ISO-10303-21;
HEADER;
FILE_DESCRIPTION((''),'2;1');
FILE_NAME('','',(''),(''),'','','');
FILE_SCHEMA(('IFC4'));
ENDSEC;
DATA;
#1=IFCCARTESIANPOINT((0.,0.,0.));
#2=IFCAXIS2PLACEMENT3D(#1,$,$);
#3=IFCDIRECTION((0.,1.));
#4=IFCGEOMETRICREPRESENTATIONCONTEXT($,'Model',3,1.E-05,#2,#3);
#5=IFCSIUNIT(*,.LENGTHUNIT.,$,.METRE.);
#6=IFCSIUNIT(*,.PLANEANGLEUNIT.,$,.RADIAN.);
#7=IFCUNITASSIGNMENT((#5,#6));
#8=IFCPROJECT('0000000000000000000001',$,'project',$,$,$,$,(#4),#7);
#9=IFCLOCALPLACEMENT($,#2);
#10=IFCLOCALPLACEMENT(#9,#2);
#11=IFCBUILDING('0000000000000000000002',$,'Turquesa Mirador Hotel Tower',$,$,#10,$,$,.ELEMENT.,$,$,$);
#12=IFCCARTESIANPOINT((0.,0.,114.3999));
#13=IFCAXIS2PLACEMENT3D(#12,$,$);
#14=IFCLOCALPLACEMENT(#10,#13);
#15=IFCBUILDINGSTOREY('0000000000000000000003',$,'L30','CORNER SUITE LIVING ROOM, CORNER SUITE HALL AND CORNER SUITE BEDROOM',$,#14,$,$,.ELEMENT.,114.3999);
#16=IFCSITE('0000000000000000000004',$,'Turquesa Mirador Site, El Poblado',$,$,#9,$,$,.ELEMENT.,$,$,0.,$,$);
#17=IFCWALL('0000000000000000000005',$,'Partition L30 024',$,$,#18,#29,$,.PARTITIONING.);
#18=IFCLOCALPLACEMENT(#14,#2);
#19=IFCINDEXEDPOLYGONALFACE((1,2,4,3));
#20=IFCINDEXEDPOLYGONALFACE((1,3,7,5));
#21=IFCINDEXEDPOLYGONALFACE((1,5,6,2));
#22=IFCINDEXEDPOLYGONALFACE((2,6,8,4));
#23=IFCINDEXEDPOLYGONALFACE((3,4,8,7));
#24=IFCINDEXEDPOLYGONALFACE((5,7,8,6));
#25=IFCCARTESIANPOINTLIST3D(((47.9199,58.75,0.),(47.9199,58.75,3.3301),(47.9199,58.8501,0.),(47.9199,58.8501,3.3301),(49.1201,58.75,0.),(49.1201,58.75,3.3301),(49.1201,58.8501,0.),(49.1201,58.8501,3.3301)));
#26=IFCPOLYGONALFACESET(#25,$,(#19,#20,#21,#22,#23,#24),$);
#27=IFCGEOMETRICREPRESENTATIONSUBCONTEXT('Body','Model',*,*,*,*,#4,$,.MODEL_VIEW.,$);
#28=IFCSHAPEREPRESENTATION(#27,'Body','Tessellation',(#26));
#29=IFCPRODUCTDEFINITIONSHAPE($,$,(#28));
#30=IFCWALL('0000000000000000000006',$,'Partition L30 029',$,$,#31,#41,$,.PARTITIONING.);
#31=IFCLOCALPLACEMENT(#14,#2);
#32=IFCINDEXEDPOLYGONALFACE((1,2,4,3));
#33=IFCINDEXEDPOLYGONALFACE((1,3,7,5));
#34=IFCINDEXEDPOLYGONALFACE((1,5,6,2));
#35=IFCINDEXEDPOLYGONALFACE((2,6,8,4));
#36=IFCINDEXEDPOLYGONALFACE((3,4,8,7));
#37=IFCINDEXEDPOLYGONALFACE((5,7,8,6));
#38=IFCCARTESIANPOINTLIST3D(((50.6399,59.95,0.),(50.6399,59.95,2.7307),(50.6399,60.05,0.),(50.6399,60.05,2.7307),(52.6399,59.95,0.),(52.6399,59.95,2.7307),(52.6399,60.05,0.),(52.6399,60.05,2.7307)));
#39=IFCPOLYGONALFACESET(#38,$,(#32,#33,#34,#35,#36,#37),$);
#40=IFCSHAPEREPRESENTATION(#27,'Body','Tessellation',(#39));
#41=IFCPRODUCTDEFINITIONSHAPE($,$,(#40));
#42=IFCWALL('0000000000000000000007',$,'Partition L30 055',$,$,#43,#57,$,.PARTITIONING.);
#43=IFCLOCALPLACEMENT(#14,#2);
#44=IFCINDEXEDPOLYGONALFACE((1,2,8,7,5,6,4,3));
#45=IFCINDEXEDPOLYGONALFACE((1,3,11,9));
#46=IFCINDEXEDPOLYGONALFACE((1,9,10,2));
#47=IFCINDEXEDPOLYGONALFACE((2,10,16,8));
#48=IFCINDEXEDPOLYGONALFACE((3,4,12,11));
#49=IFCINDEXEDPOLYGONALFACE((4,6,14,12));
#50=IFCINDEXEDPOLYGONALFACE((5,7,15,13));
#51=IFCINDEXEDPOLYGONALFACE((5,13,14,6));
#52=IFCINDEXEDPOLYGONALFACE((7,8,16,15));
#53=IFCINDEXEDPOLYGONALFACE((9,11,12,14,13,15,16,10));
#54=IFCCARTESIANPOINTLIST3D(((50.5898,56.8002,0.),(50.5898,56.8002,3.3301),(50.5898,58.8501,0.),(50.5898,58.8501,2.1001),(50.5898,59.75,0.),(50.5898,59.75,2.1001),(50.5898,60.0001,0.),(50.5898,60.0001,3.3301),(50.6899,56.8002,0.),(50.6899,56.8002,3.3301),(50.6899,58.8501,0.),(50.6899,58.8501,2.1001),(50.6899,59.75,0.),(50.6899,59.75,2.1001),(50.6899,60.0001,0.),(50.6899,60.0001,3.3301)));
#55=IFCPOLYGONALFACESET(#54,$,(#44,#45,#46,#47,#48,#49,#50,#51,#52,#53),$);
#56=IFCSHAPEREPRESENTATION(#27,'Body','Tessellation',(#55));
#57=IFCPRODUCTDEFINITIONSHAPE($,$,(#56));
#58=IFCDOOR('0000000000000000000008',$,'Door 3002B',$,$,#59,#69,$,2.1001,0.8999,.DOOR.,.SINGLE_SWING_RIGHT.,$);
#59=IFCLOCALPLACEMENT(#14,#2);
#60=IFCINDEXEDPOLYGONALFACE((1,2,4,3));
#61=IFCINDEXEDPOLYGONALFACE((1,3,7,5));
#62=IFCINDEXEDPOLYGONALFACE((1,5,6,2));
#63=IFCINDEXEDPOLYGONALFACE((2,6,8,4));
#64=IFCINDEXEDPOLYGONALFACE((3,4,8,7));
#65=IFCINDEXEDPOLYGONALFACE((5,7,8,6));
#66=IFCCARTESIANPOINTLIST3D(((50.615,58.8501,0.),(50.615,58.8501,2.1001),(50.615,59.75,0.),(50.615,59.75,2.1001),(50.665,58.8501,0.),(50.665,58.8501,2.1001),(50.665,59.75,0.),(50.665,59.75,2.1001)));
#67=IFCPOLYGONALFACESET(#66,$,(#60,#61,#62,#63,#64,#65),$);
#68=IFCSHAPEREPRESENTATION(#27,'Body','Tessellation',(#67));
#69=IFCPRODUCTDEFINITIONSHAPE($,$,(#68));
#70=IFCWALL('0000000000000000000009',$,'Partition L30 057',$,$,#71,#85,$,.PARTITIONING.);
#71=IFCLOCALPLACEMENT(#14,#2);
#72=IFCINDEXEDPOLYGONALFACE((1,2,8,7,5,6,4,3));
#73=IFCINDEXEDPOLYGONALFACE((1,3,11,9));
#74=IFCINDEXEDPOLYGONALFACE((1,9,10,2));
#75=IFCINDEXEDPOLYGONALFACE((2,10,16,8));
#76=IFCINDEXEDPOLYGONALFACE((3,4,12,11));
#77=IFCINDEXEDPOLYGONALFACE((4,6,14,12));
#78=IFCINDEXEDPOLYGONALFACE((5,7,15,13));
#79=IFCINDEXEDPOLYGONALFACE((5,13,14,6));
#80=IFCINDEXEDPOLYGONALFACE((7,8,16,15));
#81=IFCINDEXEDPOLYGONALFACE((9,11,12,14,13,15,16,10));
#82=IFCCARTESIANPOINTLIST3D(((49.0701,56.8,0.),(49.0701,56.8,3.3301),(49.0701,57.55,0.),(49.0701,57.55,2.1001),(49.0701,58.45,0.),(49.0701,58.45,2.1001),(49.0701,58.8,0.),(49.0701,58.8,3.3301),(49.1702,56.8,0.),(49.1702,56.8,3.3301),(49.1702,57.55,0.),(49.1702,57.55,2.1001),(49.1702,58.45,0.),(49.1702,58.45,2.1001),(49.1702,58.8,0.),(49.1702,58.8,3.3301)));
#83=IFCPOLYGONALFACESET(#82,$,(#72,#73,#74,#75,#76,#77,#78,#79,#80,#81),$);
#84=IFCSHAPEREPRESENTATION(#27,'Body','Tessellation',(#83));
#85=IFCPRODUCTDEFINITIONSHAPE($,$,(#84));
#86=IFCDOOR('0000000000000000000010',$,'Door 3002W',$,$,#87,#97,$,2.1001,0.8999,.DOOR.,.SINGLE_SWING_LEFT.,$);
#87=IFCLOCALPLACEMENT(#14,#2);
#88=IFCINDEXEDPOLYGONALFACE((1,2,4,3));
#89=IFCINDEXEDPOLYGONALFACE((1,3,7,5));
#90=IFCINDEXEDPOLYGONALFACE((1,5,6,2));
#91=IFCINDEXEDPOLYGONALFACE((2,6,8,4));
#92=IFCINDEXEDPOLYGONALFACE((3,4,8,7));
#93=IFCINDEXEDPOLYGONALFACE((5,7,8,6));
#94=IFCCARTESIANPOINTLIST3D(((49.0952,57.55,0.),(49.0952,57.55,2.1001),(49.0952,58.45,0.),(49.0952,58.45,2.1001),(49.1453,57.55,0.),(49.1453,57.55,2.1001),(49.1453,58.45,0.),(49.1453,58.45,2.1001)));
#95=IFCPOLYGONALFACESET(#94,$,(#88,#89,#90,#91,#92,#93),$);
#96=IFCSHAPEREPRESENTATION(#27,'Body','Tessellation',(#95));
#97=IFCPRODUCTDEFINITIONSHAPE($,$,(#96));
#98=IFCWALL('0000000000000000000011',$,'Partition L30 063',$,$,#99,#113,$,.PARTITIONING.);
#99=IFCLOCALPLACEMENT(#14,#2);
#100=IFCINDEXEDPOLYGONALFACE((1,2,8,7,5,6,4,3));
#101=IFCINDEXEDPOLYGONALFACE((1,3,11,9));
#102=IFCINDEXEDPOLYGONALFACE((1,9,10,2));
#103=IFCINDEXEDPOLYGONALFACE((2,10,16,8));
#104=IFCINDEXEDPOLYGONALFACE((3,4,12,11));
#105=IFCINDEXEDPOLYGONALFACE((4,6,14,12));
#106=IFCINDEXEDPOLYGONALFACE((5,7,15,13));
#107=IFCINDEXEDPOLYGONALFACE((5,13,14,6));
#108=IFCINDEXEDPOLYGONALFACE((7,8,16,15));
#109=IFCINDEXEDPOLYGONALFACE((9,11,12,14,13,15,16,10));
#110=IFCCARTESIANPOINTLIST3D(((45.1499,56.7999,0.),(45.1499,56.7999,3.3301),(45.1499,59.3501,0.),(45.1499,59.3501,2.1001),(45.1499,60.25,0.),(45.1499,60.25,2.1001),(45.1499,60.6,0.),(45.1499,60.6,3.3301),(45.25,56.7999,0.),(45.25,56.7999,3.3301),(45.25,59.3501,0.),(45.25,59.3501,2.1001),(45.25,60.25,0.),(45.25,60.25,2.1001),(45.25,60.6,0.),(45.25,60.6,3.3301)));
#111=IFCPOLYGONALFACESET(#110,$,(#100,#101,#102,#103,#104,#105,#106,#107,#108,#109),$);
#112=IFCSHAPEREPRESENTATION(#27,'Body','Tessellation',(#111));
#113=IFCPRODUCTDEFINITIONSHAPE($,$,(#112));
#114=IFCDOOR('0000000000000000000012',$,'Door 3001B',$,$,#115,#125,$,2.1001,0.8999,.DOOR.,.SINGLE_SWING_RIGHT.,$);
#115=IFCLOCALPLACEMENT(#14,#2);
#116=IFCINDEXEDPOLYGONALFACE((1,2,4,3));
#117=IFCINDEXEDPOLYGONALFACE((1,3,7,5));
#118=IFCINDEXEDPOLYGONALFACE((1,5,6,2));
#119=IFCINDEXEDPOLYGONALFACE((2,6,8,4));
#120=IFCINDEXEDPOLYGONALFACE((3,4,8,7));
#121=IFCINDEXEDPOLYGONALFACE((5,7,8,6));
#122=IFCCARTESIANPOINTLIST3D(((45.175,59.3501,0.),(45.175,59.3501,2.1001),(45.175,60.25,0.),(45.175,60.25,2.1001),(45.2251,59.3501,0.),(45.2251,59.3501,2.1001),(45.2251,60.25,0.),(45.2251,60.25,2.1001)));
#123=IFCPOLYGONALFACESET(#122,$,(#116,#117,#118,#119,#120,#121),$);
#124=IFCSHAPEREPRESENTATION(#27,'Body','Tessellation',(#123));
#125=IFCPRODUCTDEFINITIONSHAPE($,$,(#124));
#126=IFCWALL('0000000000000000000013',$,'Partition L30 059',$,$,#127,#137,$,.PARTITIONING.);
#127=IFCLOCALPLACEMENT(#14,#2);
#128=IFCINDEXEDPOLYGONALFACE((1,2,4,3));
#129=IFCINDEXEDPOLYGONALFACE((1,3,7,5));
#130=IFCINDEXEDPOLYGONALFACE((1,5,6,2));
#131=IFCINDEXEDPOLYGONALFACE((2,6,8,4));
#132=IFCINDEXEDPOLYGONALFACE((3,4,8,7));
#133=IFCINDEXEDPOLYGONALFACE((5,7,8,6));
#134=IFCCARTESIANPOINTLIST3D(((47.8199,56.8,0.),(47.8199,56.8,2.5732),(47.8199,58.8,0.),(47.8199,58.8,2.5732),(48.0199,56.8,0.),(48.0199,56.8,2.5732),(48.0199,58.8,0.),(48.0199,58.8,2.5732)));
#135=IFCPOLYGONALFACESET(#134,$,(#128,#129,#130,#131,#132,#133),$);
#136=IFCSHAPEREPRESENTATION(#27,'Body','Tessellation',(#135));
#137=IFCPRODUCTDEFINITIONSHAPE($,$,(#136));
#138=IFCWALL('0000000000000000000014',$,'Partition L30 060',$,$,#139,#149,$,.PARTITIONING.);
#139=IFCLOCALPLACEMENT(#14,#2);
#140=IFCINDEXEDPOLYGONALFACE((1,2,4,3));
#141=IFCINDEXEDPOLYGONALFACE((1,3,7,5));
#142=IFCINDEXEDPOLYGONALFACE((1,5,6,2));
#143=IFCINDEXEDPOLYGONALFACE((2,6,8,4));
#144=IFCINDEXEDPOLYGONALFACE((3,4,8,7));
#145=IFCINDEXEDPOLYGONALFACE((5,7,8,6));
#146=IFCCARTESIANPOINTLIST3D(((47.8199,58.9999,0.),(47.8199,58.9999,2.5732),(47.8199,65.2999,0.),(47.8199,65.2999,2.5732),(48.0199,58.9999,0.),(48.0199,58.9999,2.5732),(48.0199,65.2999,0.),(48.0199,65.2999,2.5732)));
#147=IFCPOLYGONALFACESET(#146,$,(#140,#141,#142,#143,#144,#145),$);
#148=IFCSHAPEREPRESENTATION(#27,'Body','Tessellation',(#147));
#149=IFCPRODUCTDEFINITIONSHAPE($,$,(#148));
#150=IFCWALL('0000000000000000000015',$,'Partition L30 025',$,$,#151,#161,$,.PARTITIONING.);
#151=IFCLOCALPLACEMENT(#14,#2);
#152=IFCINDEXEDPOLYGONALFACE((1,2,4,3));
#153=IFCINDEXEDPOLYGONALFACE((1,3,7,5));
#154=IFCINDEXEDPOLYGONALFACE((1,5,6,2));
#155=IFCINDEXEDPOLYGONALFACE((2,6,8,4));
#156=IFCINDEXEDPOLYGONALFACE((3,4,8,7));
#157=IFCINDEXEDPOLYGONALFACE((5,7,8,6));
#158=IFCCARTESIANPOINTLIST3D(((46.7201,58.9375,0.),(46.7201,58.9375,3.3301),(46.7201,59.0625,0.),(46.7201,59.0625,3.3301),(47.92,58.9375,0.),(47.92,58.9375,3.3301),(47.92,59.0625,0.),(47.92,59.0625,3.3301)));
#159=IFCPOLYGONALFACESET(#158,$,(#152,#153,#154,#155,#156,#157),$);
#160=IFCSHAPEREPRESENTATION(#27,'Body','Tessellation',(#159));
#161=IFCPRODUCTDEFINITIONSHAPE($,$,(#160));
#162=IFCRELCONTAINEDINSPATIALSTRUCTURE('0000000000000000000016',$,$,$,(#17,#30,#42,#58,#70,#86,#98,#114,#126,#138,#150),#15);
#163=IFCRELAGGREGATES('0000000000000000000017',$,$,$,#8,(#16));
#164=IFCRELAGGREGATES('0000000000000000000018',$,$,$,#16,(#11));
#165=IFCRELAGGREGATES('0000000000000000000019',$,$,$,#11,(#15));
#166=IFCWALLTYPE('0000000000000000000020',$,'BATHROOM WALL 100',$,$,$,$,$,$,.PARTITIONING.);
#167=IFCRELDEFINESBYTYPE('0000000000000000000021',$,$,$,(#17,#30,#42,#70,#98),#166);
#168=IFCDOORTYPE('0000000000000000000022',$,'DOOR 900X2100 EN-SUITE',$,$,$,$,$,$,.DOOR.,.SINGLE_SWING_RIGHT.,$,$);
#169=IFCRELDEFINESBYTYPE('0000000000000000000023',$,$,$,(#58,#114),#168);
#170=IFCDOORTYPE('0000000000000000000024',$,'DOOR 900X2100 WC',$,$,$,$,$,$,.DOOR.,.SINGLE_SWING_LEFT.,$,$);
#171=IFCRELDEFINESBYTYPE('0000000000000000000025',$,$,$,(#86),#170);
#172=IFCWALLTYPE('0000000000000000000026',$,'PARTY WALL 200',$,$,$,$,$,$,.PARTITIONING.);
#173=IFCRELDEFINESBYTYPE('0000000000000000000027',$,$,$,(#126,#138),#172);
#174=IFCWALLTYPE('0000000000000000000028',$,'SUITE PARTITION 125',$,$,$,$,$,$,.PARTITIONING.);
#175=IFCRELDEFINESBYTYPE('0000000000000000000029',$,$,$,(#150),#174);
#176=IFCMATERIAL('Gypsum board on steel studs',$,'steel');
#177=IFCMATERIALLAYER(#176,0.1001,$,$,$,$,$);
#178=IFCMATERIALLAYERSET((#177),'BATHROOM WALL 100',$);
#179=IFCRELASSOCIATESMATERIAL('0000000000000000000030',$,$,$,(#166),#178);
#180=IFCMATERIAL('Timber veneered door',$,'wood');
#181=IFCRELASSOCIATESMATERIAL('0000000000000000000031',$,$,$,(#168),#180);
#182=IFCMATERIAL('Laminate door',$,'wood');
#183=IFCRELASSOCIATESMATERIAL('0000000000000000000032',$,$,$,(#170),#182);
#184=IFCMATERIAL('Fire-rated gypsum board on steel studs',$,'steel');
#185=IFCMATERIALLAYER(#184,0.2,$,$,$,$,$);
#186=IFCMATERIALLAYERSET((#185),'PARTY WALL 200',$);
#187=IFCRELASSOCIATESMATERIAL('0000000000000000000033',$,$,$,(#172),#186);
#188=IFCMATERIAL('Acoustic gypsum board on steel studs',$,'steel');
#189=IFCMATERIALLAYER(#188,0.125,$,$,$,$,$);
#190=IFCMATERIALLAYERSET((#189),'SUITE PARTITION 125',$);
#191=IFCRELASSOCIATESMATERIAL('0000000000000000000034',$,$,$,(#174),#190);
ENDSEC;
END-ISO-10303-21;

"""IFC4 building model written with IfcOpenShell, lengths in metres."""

from ifc_helpers import new_model, si_unit, direction, frame, frame_2d, origin, place, context, subcontext, project, spatial, rectangle, extrude, material, layer, layer_set, type_object, element, fill, save


model = new_model("IFC4")

# Units and contexts
model_context = context("Model", 3, precision=1e-05, world=origin(), true_north=direction((0.0, 1.0)))
body_context = subcontext(model_context, "Body", "Model", "MODEL_VIEW")
ifc_project = project(units=[si_unit("LENGTHUNIT", "METRE"), si_unit("PLANEANGLEUNIT", "RADIAN")], contexts=[model_context])

# Site, building, storey
site_placement = place(None, origin())
site = spatial("IfcSite", under=ifc_project, at=site_placement, Name="Turquesa Mirador Site, El Poblado", CompositionType="ELEMENT", RefElevation=0.0)
building_placement = place(site_placement, origin())
building = spatial("IfcBuilding", under=site, at=building_placement, Name="Turquesa Mirador Hotel Tower", CompositionType="ELEMENT")
storey_placement = place(building_placement, frame((0.0, 0.0, 114.3999)))
storey = spatial("IfcBuildingStorey", under=building, at=storey_placement, Name="L30", Description="CORNER SUITE LIVING ROOM, CORNER SUITE HALL AND CORNER SUITE BEDROOM", CompositionType="ELEMENT", Elevation=114.3999)

# Walls
ifc_material_1 = material(Name="Gypsum board on steel studs", Category="steel")
ifc_layer_1 = layer(ifc_material_1, 0.1001)
ifc_layer_set_1 = layer_set([ifc_layer_1], Name="BATHROOM WALL 100")
wall_type_1 = type_object("IfcWallType", Name="BATHROOM WALL 100", PredefinedType="PARTITIONING", material=ifc_layer_set_1)
wall_1_placement = place(storey_placement, frame((47.9199, 58.8, 0.0), z_axis=(0.0, 0.0, 1.0), x_axis=(1.0, 0.0, 0.0)))
element("IfcWall", 1, at=wall_1_placement, inside=storey, type_object=wall_type_1, Name="Partition L30 024", PredefinedType="PARTITIONING", context=body_context, shape_type="SweptSolid", body=[
    extrude(rectangle(XDim=1.2002, YDim=0.1001, at=frame_2d((0.6001, 0.0))), origin(), (0.0, 0.0, 1.0), 3.3301),
])
wall_2_placement = place(storey_placement, frame((50.6399, 60.0, 0.0), z_axis=(0.0, 0.0, 1.0), x_axis=(1.0, 0.0, 0.0)))
element("IfcWall", 2, at=wall_2_placement, inside=storey, type_object=wall_type_1, Name="Partition L30 029", PredefinedType="PARTITIONING", context=body_context, shape_type="SweptSolid", body=[
    extrude(rectangle(XDim=2.0, YDim=0.1001, at=frame_2d((1.0, 0.0))), origin(), (0.0, 0.0, 1.0), 2.7307),
])

# Walls, openings, doors
wall_3_placement = place(storey_placement, frame((50.6399, 56.8, 0.0), z_axis=(0.0, 0.0, 1.0), x_axis=(0.0, 1.0, 0.0)))
wall_3 = element("IfcWall", 3, at=wall_3_placement, inside=storey, type_object=wall_type_1, Name="Partition L30 055", PredefinedType="PARTITIONING", context=body_context, shape_type="SweptSolid", body=[
    extrude(rectangle(XDim=3.2, YDim=0.1001, at=frame_2d((1.6001, 0.0))), origin(), (0.0, 0.0, 1.0), 3.3301),
])
opening_1_placement = place(wall_3_placement, frame((2.05, 0.0, 0.0)))
opening_1 = element("IfcOpeningElement", 4, at=opening_1_placement, cuts=wall_3, PredefinedType="OPENING", context=body_context, shape_type="SweptSolid", body=[
    extrude(rectangle(XDim=0.8999, YDim=2.1001, at=frame_2d((0.45, 1.05))), frame((0.0, 0.0601, 0.0), z_axis=(0.0, -1.0, 0.0), x_axis=(1.0, 0.0, 0.0)), (0.0, 0.0, 1.0), 0.1201),
])
ifc_material_2 = material(Name="Timber veneered door", Category="wood")
door_type_1 = type_object("IfcDoorType", Name="DOOR 900X2100 EN-SUITE", OperationType="SINGLE_SWING_RIGHT", PredefinedType="DOOR", material=ifc_material_2)
door_1_placement = place(opening_1_placement, origin())
door_1 = element("IfcDoor", 5, at=door_1_placement, inside=storey, type_object=door_type_1, Name="Door 3002B", OperationType="SINGLE_SWING_RIGHT", OverallHeight=2.1001, OverallWidth=0.8999, PredefinedType="DOOR", context=body_context, shape_type="SweptSolid", body=[
    extrude(rectangle(XDim=0.8999, YDim=2.1001, at=frame_2d((0.45, 1.05))), frame((0.0, 0.0249, 0.0), z_axis=(0.0, -1.0, 0.0), x_axis=(1.0, 0.0, 0.0)), (0.0, 0.0, 1.0), 0.05),
])
fill(opening_1, door_1)
wall_4_placement = place(storey_placement, frame((49.1201, 56.8, 0.0), z_axis=(0.0, 0.0, 1.0), x_axis=(0.0, 1.0, 0.0)))
wall_4 = element("IfcWall", 6, at=wall_4_placement, inside=storey, type_object=wall_type_1, Name="Partition L30 057", PredefinedType="PARTITIONING", context=body_context, shape_type="SweptSolid", body=[
    extrude(rectangle(XDim=2.0, YDim=0.1001, at=frame_2d((1.0, 0.0))), origin(), (0.0, 0.0, 1.0), 3.3301),
])
opening_2_placement = place(wall_4_placement, frame((0.75, 0.0, 0.0)))
opening_2 = element("IfcOpeningElement", 7, at=opening_2_placement, cuts=wall_4, PredefinedType="OPENING", context=body_context, shape_type="SweptSolid", body=[
    extrude(rectangle(XDim=0.8999, YDim=2.1001, at=frame_2d((0.45, 1.05))), frame((0.0, 0.0601, 0.0), z_axis=(0.0, -1.0, 0.0), x_axis=(1.0, 0.0, 0.0)), (0.0, 0.0, 1.0), 0.1201),
])
ifc_material_3 = material(Name="Laminate door", Category="wood")
door_type_2 = type_object("IfcDoorType", Name="DOOR 900X2100 WC", OperationType="SINGLE_SWING_LEFT", PredefinedType="DOOR", material=ifc_material_3)
door_2_placement = place(opening_2_placement, origin())
door_2 = element("IfcDoor", 8, at=door_2_placement, inside=storey, type_object=door_type_2, Name="Door 3002W", OperationType="SINGLE_SWING_LEFT", OverallHeight=2.1001, OverallWidth=0.8999, PredefinedType="DOOR", context=body_context, shape_type="SweptSolid", body=[
    extrude(rectangle(XDim=0.8999, YDim=2.1001, at=frame_2d((0.45, 1.05))), frame((0.0, 0.0249, 0.0), z_axis=(0.0, -1.0, 0.0), x_axis=(1.0, 0.0, 0.0)), (0.0, 0.0, 1.0), 0.05),
])
fill(opening_2, door_2)
wall_5_placement = place(storey_placement, frame((45.2, 56.8, 0.0), z_axis=(0.0, 0.0, 1.0), x_axis=(0.0, 1.0, 0.0)))
wall_5 = element("IfcWall", 9, at=wall_5_placement, inside=storey, type_object=wall_type_1, Name="Partition L30 063", PredefinedType="PARTITIONING", context=body_context, shape_type="SweptSolid", body=[
    extrude(rectangle(XDim=3.8, YDim=0.1001, at=frame_2d((1.8999, 0.0))), origin(), (0.0, 0.0, 1.0), 3.3301),
])
opening_3_placement = place(wall_5_placement, frame((2.55, 0.0, 0.0)))
opening_3 = element("IfcOpeningElement", 10, at=opening_3_placement, cuts=wall_5, PredefinedType="OPENING", context=body_context, shape_type="SweptSolid", body=[
    extrude(rectangle(XDim=0.8999, YDim=2.1001, at=frame_2d((0.45, 1.05))), frame((0.0, 0.0601, 0.0), z_axis=(0.0, -1.0, 0.0), x_axis=(1.0, 0.0, 0.0)), (0.0, 0.0, 1.0), 0.1201),
])
door_3_placement = place(opening_3_placement, origin())
door_3 = element("IfcDoor", 11, at=door_3_placement, inside=storey, type_object=door_type_1, Name="Door 3001B", OperationType="SINGLE_SWING_RIGHT", OverallHeight=2.1001, OverallWidth=0.8999, PredefinedType="DOOR", context=body_context, shape_type="SweptSolid", body=[
    extrude(rectangle(XDim=0.8999, YDim=2.1001, at=frame_2d((0.45, 1.05))), frame((0.0, 0.0249, 0.0), z_axis=(0.0, -1.0, 0.0), x_axis=(1.0, 0.0, 0.0)), (0.0, 0.0, 1.0), 0.05),
])
fill(opening_3, door_3)

# Walls
ifc_material_4 = material(Name="Fire-rated gypsum board on steel studs", Category="steel")
ifc_layer_2 = layer(ifc_material_4, 0.2)
ifc_layer_set_2 = layer_set([ifc_layer_2], Name="PARTY WALL 200")
wall_type_2 = type_object("IfcWallType", Name="PARTY WALL 200", PredefinedType="PARTITIONING", material=ifc_layer_set_2)
wall_6_placement = place(storey_placement, frame((47.9199, 56.8, 0.0), z_axis=(0.0, 0.0, 1.0), x_axis=(0.0, 1.0, 0.0)))
element("IfcWall", 12, at=wall_6_placement, inside=storey, type_object=wall_type_2, Name="Partition L30 059", PredefinedType="PARTITIONING", context=body_context, shape_type="SweptSolid", body=[
    extrude(rectangle(XDim=2.0, YDim=0.2, at=frame_2d((1.0, 0.0))), origin(), (0.0, 0.0, 1.0), 2.5732),
])
wall_7_placement = place(storey_placement, frame((47.9199, 59.0, 0.0), z_axis=(0.0, 0.0, 1.0), x_axis=(0.0, 1.0, 0.0)))
element("IfcWall", 13, at=wall_7_placement, inside=storey, type_object=wall_type_2, Name="Partition L30 060", PredefinedType="PARTITIONING", context=body_context, shape_type="SweptSolid", body=[
    extrude(rectangle(XDim=6.3, YDim=0.2, at=frame_2d((3.1499, 0.0))), origin(), (0.0, 0.0, 1.0), 2.5732),
])
ifc_material_5 = material(Name="Acoustic gypsum board on steel studs", Category="steel")
ifc_layer_3 = layer(ifc_material_5, 0.125)
ifc_layer_set_3 = layer_set([ifc_layer_3], Name="SUITE PARTITION 125")
wall_type_3 = type_object("IfcWallType", Name="SUITE PARTITION 125", PredefinedType="PARTITIONING", material=ifc_layer_set_3)
wall_8_placement = place(storey_placement, frame((46.72, 59.0, 0.0), z_axis=(0.0, 0.0, 1.0), x_axis=(1.0, 0.0, 0.0)))
element("IfcWall", 14, at=wall_8_placement, inside=storey, type_object=wall_type_3, Name="Partition L30 025", PredefinedType="PARTITIONING", context=body_context, shape_type="SweptSolid", body=[
    extrude(rectangle(XDim=1.2, YDim=0.125, at=frame_2d((0.6001, 0.0))), origin(), (0.0, 0.0, 1.0), 3.3301),
])

save(model, "model.ifc")
